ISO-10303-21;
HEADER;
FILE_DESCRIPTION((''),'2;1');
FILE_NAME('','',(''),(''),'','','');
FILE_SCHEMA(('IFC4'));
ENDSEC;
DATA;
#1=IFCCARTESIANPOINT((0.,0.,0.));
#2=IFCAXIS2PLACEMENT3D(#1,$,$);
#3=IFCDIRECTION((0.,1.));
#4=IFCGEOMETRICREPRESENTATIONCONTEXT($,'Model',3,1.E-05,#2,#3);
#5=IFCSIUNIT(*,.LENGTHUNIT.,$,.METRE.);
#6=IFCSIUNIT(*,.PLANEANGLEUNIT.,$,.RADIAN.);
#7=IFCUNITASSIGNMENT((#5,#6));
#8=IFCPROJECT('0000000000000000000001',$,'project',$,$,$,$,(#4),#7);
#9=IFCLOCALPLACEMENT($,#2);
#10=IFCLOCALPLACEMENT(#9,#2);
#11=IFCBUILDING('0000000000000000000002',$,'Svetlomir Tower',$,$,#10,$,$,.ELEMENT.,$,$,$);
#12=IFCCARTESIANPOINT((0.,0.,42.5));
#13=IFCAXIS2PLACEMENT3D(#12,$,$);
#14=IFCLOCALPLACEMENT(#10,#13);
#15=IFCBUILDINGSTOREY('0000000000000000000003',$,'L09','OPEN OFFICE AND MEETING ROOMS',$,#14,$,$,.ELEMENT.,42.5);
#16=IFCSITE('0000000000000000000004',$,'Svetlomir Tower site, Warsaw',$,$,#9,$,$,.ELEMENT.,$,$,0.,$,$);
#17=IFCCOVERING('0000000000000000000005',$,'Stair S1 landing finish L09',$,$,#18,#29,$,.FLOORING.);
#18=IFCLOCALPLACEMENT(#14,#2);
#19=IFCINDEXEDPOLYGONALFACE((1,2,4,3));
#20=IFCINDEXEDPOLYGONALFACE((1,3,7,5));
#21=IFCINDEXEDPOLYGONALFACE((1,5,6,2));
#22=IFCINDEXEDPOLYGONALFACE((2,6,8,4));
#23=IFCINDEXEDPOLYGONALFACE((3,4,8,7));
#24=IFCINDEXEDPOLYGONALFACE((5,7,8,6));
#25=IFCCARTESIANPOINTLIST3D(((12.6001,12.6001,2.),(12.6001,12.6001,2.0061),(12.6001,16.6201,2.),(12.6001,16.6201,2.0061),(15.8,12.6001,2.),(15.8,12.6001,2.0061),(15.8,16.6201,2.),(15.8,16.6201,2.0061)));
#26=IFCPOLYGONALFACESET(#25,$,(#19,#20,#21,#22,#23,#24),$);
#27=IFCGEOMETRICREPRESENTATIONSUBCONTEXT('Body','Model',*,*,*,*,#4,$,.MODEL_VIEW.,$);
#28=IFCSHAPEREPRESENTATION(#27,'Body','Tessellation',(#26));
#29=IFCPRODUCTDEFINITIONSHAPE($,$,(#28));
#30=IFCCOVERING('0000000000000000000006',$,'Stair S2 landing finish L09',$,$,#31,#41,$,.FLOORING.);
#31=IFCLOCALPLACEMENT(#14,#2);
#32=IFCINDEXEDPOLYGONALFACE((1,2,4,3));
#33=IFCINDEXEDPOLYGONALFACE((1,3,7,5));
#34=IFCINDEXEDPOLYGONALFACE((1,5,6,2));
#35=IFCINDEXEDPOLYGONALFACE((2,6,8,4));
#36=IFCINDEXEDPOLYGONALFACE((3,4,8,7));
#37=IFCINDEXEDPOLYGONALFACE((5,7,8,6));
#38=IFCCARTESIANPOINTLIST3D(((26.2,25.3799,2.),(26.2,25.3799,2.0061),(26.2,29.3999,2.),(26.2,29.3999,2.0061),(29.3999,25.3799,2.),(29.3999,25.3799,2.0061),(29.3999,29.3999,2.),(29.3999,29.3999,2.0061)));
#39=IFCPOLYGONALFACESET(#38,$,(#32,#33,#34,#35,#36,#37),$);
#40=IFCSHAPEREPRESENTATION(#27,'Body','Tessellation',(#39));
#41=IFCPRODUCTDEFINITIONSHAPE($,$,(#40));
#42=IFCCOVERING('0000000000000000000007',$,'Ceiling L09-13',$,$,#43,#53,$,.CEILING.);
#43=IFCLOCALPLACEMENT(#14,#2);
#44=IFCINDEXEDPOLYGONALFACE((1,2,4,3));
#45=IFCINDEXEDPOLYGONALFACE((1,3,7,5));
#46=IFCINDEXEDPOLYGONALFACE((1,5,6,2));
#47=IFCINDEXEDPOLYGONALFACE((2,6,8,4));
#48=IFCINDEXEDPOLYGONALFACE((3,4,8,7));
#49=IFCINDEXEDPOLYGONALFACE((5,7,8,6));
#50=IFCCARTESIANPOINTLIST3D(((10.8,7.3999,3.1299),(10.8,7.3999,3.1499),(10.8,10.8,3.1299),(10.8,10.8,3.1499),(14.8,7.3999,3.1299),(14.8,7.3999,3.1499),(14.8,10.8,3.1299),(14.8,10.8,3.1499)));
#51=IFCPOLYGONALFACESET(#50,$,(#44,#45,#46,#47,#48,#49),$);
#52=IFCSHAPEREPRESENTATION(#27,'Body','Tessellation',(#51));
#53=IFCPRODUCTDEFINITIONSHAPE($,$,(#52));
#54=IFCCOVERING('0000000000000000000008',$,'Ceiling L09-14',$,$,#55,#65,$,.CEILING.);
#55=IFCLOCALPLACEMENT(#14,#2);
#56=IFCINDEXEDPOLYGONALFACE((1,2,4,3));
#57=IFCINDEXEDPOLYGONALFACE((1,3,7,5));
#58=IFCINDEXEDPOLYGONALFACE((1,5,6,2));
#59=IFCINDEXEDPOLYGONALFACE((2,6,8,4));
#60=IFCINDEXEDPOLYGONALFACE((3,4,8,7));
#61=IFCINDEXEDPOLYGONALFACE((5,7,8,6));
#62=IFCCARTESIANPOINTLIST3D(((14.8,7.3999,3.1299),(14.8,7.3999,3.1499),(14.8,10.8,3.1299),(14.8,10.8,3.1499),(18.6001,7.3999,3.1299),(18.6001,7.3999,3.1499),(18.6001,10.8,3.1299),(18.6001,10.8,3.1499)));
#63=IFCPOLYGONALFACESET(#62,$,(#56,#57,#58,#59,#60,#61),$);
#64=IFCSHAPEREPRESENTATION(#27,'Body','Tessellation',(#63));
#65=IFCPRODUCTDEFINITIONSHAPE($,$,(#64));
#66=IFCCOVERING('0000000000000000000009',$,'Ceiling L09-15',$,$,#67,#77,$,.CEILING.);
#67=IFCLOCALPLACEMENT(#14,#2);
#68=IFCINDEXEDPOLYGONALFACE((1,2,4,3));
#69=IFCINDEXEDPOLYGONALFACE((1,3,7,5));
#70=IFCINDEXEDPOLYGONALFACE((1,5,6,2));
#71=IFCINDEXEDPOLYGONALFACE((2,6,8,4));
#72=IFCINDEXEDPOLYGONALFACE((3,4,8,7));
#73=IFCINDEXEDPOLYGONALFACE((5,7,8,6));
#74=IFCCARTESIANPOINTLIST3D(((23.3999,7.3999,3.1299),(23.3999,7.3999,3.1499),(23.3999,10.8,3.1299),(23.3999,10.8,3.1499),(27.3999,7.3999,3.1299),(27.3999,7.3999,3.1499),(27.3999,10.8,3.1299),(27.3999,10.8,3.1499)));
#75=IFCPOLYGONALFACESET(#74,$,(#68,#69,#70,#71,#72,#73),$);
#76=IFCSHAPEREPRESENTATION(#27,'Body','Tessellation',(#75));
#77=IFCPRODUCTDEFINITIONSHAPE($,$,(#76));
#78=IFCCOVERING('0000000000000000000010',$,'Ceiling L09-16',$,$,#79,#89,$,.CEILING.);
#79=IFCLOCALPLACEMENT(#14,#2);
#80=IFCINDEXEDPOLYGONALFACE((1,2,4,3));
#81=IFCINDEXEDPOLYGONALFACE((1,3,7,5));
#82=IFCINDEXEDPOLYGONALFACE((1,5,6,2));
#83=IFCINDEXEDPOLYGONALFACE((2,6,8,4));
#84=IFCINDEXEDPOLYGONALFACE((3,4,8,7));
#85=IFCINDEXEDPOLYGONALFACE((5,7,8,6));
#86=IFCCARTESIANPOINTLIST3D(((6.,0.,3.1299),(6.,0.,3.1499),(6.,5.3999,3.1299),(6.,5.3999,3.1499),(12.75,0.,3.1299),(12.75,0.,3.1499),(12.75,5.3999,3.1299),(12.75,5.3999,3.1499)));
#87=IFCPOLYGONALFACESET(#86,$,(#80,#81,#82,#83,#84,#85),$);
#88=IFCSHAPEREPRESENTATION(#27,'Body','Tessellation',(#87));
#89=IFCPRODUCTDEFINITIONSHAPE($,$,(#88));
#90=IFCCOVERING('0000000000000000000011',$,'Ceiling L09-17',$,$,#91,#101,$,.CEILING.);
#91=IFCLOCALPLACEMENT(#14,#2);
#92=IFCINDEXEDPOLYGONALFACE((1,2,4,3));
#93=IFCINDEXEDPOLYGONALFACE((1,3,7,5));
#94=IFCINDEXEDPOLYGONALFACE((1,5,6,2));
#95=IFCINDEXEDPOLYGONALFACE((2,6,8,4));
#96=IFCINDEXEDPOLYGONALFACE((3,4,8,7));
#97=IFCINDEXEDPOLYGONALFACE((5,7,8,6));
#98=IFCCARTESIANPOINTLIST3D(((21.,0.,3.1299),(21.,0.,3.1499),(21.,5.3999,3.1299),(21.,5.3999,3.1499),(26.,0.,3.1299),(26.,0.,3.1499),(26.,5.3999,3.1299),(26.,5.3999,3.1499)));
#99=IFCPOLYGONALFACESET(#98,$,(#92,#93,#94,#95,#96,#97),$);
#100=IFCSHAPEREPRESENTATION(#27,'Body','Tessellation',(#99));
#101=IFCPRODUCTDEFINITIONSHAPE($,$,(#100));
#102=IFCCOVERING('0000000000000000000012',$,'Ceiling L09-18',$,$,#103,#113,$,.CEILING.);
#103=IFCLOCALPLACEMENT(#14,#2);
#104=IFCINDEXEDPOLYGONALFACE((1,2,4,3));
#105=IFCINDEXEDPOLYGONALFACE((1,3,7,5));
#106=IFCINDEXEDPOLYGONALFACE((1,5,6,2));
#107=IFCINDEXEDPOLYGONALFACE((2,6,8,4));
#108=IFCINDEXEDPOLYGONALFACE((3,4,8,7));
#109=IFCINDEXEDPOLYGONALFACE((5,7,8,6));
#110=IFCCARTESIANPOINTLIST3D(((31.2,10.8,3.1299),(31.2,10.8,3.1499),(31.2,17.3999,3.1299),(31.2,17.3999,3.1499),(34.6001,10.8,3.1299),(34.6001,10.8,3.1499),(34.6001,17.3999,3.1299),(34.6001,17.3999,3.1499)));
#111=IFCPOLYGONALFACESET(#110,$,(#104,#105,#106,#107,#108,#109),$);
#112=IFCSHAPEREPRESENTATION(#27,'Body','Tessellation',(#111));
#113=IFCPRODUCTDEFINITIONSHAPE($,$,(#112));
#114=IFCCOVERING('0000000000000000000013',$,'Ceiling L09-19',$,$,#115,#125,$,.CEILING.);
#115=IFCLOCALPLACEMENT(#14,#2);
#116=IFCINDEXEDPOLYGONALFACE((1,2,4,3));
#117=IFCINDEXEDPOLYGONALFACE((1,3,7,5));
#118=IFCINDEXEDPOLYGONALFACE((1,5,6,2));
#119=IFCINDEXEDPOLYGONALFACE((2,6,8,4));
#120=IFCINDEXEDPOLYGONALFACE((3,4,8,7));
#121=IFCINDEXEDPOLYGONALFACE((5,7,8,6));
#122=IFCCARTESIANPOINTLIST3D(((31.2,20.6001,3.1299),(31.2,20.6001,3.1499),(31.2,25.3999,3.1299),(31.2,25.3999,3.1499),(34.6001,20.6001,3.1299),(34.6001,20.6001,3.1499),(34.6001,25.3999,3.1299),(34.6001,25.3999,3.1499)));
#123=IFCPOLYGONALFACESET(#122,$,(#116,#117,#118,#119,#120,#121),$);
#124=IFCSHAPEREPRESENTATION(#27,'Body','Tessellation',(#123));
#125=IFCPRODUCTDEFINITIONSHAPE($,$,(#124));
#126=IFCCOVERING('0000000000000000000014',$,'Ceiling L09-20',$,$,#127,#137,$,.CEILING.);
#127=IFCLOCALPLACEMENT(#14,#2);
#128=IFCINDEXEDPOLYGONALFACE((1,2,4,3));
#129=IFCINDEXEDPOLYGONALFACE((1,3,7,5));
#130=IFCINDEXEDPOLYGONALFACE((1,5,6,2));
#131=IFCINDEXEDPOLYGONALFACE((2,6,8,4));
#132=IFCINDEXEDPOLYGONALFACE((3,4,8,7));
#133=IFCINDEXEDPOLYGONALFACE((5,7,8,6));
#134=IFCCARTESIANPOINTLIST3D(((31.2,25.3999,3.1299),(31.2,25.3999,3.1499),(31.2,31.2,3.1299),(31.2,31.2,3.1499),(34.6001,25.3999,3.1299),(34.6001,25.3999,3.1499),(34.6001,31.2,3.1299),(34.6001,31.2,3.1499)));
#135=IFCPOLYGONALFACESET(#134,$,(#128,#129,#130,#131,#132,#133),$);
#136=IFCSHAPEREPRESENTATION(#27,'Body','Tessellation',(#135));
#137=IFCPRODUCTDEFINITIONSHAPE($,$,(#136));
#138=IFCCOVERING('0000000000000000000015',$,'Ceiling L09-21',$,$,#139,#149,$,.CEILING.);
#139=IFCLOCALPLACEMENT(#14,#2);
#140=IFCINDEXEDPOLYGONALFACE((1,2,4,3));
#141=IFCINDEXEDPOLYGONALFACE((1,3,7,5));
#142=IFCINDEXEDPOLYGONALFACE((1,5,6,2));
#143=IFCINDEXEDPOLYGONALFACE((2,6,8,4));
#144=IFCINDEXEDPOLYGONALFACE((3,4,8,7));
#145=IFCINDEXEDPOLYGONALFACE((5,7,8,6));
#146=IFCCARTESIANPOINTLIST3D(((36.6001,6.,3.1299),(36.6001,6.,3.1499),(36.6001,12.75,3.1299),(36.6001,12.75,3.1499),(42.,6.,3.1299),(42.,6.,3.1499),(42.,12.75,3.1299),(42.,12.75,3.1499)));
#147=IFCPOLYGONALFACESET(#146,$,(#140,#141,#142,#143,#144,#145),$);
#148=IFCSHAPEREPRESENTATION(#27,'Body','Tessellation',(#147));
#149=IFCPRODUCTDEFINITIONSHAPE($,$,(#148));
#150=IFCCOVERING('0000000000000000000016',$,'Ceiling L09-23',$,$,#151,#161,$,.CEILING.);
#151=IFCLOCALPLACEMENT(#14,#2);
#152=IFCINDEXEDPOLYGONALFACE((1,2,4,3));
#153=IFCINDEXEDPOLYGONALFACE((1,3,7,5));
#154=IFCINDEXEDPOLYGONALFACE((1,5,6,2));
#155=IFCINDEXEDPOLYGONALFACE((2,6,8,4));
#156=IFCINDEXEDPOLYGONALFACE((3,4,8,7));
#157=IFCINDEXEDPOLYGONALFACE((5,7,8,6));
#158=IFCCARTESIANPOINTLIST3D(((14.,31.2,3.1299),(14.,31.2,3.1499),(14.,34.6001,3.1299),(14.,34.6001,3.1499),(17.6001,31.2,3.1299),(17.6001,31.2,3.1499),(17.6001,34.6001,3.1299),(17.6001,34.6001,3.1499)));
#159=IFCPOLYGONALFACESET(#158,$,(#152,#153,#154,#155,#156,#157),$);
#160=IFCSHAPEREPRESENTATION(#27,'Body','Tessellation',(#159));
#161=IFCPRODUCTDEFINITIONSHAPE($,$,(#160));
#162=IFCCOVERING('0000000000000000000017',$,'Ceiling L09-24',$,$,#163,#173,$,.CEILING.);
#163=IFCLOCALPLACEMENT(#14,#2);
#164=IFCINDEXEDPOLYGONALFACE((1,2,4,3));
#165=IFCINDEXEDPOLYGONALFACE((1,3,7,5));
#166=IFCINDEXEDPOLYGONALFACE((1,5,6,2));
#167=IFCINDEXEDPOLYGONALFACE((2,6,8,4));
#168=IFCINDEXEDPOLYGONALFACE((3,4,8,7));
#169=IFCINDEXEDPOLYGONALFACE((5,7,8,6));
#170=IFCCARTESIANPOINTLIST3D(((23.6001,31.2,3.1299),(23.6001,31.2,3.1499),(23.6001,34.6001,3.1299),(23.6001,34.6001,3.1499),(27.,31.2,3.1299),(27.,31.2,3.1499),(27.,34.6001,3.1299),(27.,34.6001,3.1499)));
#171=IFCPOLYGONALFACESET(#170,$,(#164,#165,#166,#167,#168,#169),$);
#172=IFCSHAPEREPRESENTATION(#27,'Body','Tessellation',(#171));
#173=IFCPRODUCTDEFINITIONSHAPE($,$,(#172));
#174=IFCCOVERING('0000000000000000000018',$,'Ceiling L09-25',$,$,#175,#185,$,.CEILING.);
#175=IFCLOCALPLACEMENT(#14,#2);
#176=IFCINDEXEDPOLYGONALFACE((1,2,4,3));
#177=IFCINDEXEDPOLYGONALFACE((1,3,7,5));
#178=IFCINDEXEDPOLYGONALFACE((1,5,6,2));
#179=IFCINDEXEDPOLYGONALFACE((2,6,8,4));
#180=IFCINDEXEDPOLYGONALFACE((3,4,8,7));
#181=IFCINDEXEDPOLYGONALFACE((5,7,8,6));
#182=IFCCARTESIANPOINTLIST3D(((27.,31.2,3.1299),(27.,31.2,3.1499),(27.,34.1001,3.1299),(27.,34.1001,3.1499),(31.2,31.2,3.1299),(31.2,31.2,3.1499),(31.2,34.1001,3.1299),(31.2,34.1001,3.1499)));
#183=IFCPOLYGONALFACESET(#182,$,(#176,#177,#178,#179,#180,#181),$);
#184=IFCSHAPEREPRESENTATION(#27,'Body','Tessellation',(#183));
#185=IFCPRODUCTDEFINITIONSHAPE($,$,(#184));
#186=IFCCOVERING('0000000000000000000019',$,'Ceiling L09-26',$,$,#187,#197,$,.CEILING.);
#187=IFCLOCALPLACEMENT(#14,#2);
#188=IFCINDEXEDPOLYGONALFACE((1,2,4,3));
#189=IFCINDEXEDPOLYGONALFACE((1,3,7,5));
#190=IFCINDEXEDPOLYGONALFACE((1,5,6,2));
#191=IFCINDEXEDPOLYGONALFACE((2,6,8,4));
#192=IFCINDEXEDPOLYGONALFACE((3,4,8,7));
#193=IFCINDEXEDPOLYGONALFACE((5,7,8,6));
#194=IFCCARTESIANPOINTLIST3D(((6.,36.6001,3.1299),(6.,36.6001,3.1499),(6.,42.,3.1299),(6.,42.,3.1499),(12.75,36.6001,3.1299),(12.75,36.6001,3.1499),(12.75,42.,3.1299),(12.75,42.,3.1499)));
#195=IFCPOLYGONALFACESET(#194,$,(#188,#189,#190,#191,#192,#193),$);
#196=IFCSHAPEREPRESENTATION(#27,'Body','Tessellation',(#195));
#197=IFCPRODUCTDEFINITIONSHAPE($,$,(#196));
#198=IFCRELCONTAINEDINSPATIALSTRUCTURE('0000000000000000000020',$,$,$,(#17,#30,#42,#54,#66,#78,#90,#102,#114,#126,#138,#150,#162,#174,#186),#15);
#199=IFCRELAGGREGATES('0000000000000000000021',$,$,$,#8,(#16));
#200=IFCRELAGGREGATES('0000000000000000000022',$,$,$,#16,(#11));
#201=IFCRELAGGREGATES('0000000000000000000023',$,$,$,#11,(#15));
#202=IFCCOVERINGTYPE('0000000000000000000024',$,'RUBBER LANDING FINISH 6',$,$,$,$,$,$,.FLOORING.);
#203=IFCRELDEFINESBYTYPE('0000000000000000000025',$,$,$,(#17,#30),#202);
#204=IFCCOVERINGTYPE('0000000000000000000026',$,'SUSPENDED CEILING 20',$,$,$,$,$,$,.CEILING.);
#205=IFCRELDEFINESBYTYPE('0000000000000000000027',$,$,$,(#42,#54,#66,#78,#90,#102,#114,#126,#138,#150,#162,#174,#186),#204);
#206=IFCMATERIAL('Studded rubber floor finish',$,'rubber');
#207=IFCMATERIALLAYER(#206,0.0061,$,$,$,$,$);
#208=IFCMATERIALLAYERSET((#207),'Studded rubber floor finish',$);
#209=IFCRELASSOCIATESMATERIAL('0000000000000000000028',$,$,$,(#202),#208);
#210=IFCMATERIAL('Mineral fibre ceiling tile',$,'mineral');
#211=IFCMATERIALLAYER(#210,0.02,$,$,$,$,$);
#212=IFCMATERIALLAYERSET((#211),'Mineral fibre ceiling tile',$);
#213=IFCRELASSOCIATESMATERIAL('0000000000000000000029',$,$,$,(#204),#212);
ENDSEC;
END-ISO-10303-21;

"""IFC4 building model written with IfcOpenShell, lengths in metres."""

from ifc_helpers import new_model, si_unit, direction, frame, origin, place, context, subcontext, project, spatial, polyline, outline, extrude, material, layer, layer_set, type_object, element, save


model = new_model("IFC4")

# Units and contexts
model_context = context("Model", 3, precision=1e-05, world=origin(), true_north=direction((0.0, 1.0)))
body_context = subcontext(model_context, "Body", "Model", "MODEL_VIEW")
ifc_project = project(units=[si_unit("LENGTHUNIT", "METRE"), si_unit("PLANEANGLEUNIT", "RADIAN")], contexts=[model_context])

# Site, building, storey
site_placement = place(None, origin())
site = spatial("IfcSite", under=ifc_project, at=site_placement, Name="Svetlomir Tower site, Warsaw", CompositionType="ELEMENT", RefElevation=0.0)
building_placement = place(site_placement, origin())
building = spatial("IfcBuilding", under=site, at=building_placement, Name="Svetlomir Tower", CompositionType="ELEMENT")
storey_placement = place(building_placement, frame((0.0, 0.0, 42.5)))
storey = spatial("IfcBuildingStorey", under=building, at=storey_placement, Name="L09", Description="OPEN OFFICE AND MEETING ROOMS", CompositionType="ELEMENT", Elevation=42.5)

# Coverings
ifc_material_1 = material(Name="Studded rubber floor finish", Category="rubber")
ifc_layer_1 = layer(ifc_material_1, 0.0061)
ifc_layer_set_1 = layer_set([ifc_layer_1], Name="Studded rubber floor finish")
covering_type_1 = type_object("IfcCoveringType", Name="RUBBER LANDING FINISH 6", PredefinedType="FLOORING", material=ifc_layer_set_1)
covering_1_placement = place(storey_placement, frame((0.0, 0.0, 2.0)))
element("IfcCovering", 1, at=covering_1_placement, inside=storey, type_object=covering_type_1, Name="Stair S1 landing finish L09", PredefinedType="FLOORING", context=body_context, shape_type="SweptSolid", body=[
    extrude(outline(polyline([(12.6001, 12.6001), (15.8, 12.6001), (15.8, 16.6201), (12.6001, 16.6201), (12.6001, 12.6001)])), origin(), (0.0, 0.0, 1.0), 0.0061),
])
covering_2_placement = place(storey_placement, frame((0.0, 0.0, 2.0)))
element("IfcCovering", 2, at=covering_2_placement, inside=storey, type_object=covering_type_1, Name="Stair S2 landing finish L09", PredefinedType="FLOORING", context=body_context, shape_type="SweptSolid", body=[
    extrude(outline(polyline([(26.2, 25.3799), (29.3999, 25.3799), (29.3999, 29.3999), (26.2, 29.3999), (26.2, 25.3799)])), origin(), (0.0, 0.0, 1.0), 0.0061),
])
ifc_material_2 = material(Name="Mineral fibre ceiling tile", Category="mineral")
ifc_layer_2 = layer(ifc_material_2, 0.02)
ifc_layer_set_2 = layer_set([ifc_layer_2], Name="Mineral fibre ceiling tile")
covering_type_2 = type_object("IfcCoveringType", Name="SUSPENDED CEILING 20", PredefinedType="CEILING", material=ifc_layer_set_2)
covering_3_placement = place(storey_placement, frame((0.0, 0.0, 3.1299)))
element("IfcCovering", 3, at=covering_3_placement, inside=storey, type_object=covering_type_2, Name="Ceiling L09-13", PredefinedType="CEILING", context=body_context, shape_type="SweptSolid", body=[
    extrude(outline(polyline([(10.8, 7.3999), (14.8, 7.3999), (14.8, 10.8), (10.8, 10.8), (10.8, 7.3999)])), origin(), (0.0, 0.0, 1.0), 0.02),
])
covering_4_placement = place(storey_placement, frame((0.0, 0.0, 3.1299)))
element("IfcCovering", 4, at=covering_4_placement, inside=storey, type_object=covering_type_2, Name="Ceiling L09-14", PredefinedType="CEILING", context=body_context, shape_type="SweptSolid", body=[
    extrude(outline(polyline([(14.8, 7.3999), (18.6001, 7.3999), (18.6001, 10.8), (14.8, 10.8), (14.8, 7.3999)])), origin(), (0.0, 0.0, 1.0), 0.02),
])
covering_5_placement = place(storey_placement, frame((0.0, 0.0, 3.1299)))
element("IfcCovering", 5, at=covering_5_placement, inside=storey, type_object=covering_type_2, Name="Ceiling L09-15", PredefinedType="CEILING", context=body_context, shape_type="SweptSolid", body=[
    extrude(outline(polyline([(23.3999, 7.3999), (27.3999, 7.3999), (27.3999, 10.8), (23.3999, 10.8), (23.3999, 7.3999)])), origin(), (0.0, 0.0, 1.0), 0.02),
])
covering_6_placement = place(storey_placement, frame((0.0, 0.0, 3.1299)))
element("IfcCovering", 6, at=covering_6_placement, inside=storey, type_object=covering_type_2, Name="Ceiling L09-16", PredefinedType="CEILING", context=body_context, shape_type="SweptSolid", body=[
    extrude(outline(polyline([(6.0, 0.0), (12.75, 0.0), (12.75, 5.3999), (6.0, 5.3999), (6.0, 0.0)])), origin(), (0.0, 0.0, 1.0), 0.02),
])
covering_7_placement = place(storey_placement, frame((0.0, 0.0, 3.1299)))
element("IfcCovering", 7, at=covering_7_placement, inside=storey, type_object=covering_type_2, Name="Ceiling L09-17", PredefinedType="CEILING", context=body_context, shape_type="SweptSolid", body=[
    extrude(outline(polyline([(21.0, 0.0), (26.0, 0.0), (26.0, 5.3999), (21.0, 5.3999), (21.0, 0.0)])), origin(), (0.0, 0.0, 1.0), 0.02),
])
covering_8_placement = place(storey_placement, frame((0.0, 0.0, 3.1299)))
element("IfcCovering", 8, at=covering_8_placement, inside=storey, type_object=covering_type_2, Name="Ceiling L09-18", PredefinedType="CEILING", context=body_context, shape_type="SweptSolid", body=[
    extrude(outline(polyline([(31.2, 10.8), (34.6001, 10.8), (34.6001, 17.3999), (31.2, 17.3999), (31.2, 10.8)])), origin(), (0.0, 0.0, 1.0), 0.02),
])
covering_9_placement = place(storey_placement, frame((0.0, 0.0, 3.1299)))
element("IfcCovering", 9, at=covering_9_placement, inside=storey, type_object=covering_type_2, Name="Ceiling L09-19", PredefinedType="CEILING", context=body_context, shape_type="SweptSolid", body=[
    extrude(outline(polyline([(31.2, 20.6001), (34.6001, 20.6001), (34.6001, 25.3999), (31.2, 25.3999), (31.2, 20.6001)])), origin(), (0.0, 0.0, 1.0), 0.02),
])
covering_10_placement = place(storey_placement, frame((0.0, 0.0, 3.1299)))
element("IfcCovering", 10, at=covering_10_placement, inside=storey, type_object=covering_type_2, Name="Ceiling L09-20", PredefinedType="CEILING", context=body_context, shape_type="SweptSolid", body=[
    extrude(outline(polyline([(31.2, 25.3999), (34.6001, 25.3999), (34.6001, 31.2), (31.2, 31.2), (31.2, 25.3999)])), origin(), (0.0, 0.0, 1.0), 0.02),
])
covering_11_placement = place(storey_placement, frame((0.0, 0.0, 3.1299)))
element("IfcCovering", 11, at=covering_11_placement, inside=storey, type_object=covering_type_2, Name="Ceiling L09-21", PredefinedType="CEILING", context=body_context, shape_type="SweptSolid", body=[
    extrude(outline(polyline([(36.6001, 6.0), (42.0, 6.0), (42.0, 12.75), (36.6001, 12.75), (36.6001, 6.0)])), origin(), (0.0, 0.0, 1.0), 0.02),
])
covering_12_placement = place(storey_placement, frame((0.0, 0.0, 3.1299)))
element("IfcCovering", 12, at=covering_12_placement, inside=storey, type_object=covering_type_2, Name="Ceiling L09-23", PredefinedType="CEILING", context=body_context, shape_type="SweptSolid", body=[
    extrude(outline(polyline([(14.0, 31.2), (17.6001, 31.2), (17.6001, 34.6001), (14.0, 34.6001), (14.0, 31.2)])), origin(), (0.0, 0.0, 1.0), 0.02),
])
covering_13_placement = place(storey_placement, frame((0.0, 0.0, 3.1299)))
element("IfcCovering", 13, at=covering_13_placement, inside=storey, type_object=covering_type_2, Name="Ceiling L09-24", PredefinedType="CEILING", context=body_context, shape_type="SweptSolid", body=[
    extrude(outline(polyline([(23.6001, 31.2), (27.0, 31.2), (27.0, 34.6001), (23.6001, 34.6001), (23.6001, 31.2)])), origin(), (0.0, 0.0, 1.0), 0.02),
])
covering_14_placement = place(storey_placement, frame((0.0, 0.0, 3.1299)))
element("IfcCovering", 14, at=covering_14_placement, inside=storey, type_object=covering_type_2, Name="Ceiling L09-25", PredefinedType="CEILING", context=body_context, shape_type="SweptSolid", body=[
    extrude(outline(polyline([(27.0, 31.2), (31.2, 31.2), (31.2, 34.1001), (27.0, 34.1001), (27.0, 31.2)])), origin(), (0.0, 0.0, 1.0), 0.02),
])
covering_15_placement = place(storey_placement, frame((0.0, 0.0, 3.1299)))
element("IfcCovering", 15, at=covering_15_placement, inside=storey, type_object=covering_type_2, Name="Ceiling L09-26", PredefinedType="CEILING", context=body_context, shape_type="SweptSolid", body=[
    extrude(outline(polyline([(6.0, 36.6001), (12.75, 36.6001), (12.75, 42.0), (6.0, 42.0), (6.0, 36.6001)])), origin(), (0.0, 0.0, 1.0), 0.02),
])

save(model, "model.ifc")
